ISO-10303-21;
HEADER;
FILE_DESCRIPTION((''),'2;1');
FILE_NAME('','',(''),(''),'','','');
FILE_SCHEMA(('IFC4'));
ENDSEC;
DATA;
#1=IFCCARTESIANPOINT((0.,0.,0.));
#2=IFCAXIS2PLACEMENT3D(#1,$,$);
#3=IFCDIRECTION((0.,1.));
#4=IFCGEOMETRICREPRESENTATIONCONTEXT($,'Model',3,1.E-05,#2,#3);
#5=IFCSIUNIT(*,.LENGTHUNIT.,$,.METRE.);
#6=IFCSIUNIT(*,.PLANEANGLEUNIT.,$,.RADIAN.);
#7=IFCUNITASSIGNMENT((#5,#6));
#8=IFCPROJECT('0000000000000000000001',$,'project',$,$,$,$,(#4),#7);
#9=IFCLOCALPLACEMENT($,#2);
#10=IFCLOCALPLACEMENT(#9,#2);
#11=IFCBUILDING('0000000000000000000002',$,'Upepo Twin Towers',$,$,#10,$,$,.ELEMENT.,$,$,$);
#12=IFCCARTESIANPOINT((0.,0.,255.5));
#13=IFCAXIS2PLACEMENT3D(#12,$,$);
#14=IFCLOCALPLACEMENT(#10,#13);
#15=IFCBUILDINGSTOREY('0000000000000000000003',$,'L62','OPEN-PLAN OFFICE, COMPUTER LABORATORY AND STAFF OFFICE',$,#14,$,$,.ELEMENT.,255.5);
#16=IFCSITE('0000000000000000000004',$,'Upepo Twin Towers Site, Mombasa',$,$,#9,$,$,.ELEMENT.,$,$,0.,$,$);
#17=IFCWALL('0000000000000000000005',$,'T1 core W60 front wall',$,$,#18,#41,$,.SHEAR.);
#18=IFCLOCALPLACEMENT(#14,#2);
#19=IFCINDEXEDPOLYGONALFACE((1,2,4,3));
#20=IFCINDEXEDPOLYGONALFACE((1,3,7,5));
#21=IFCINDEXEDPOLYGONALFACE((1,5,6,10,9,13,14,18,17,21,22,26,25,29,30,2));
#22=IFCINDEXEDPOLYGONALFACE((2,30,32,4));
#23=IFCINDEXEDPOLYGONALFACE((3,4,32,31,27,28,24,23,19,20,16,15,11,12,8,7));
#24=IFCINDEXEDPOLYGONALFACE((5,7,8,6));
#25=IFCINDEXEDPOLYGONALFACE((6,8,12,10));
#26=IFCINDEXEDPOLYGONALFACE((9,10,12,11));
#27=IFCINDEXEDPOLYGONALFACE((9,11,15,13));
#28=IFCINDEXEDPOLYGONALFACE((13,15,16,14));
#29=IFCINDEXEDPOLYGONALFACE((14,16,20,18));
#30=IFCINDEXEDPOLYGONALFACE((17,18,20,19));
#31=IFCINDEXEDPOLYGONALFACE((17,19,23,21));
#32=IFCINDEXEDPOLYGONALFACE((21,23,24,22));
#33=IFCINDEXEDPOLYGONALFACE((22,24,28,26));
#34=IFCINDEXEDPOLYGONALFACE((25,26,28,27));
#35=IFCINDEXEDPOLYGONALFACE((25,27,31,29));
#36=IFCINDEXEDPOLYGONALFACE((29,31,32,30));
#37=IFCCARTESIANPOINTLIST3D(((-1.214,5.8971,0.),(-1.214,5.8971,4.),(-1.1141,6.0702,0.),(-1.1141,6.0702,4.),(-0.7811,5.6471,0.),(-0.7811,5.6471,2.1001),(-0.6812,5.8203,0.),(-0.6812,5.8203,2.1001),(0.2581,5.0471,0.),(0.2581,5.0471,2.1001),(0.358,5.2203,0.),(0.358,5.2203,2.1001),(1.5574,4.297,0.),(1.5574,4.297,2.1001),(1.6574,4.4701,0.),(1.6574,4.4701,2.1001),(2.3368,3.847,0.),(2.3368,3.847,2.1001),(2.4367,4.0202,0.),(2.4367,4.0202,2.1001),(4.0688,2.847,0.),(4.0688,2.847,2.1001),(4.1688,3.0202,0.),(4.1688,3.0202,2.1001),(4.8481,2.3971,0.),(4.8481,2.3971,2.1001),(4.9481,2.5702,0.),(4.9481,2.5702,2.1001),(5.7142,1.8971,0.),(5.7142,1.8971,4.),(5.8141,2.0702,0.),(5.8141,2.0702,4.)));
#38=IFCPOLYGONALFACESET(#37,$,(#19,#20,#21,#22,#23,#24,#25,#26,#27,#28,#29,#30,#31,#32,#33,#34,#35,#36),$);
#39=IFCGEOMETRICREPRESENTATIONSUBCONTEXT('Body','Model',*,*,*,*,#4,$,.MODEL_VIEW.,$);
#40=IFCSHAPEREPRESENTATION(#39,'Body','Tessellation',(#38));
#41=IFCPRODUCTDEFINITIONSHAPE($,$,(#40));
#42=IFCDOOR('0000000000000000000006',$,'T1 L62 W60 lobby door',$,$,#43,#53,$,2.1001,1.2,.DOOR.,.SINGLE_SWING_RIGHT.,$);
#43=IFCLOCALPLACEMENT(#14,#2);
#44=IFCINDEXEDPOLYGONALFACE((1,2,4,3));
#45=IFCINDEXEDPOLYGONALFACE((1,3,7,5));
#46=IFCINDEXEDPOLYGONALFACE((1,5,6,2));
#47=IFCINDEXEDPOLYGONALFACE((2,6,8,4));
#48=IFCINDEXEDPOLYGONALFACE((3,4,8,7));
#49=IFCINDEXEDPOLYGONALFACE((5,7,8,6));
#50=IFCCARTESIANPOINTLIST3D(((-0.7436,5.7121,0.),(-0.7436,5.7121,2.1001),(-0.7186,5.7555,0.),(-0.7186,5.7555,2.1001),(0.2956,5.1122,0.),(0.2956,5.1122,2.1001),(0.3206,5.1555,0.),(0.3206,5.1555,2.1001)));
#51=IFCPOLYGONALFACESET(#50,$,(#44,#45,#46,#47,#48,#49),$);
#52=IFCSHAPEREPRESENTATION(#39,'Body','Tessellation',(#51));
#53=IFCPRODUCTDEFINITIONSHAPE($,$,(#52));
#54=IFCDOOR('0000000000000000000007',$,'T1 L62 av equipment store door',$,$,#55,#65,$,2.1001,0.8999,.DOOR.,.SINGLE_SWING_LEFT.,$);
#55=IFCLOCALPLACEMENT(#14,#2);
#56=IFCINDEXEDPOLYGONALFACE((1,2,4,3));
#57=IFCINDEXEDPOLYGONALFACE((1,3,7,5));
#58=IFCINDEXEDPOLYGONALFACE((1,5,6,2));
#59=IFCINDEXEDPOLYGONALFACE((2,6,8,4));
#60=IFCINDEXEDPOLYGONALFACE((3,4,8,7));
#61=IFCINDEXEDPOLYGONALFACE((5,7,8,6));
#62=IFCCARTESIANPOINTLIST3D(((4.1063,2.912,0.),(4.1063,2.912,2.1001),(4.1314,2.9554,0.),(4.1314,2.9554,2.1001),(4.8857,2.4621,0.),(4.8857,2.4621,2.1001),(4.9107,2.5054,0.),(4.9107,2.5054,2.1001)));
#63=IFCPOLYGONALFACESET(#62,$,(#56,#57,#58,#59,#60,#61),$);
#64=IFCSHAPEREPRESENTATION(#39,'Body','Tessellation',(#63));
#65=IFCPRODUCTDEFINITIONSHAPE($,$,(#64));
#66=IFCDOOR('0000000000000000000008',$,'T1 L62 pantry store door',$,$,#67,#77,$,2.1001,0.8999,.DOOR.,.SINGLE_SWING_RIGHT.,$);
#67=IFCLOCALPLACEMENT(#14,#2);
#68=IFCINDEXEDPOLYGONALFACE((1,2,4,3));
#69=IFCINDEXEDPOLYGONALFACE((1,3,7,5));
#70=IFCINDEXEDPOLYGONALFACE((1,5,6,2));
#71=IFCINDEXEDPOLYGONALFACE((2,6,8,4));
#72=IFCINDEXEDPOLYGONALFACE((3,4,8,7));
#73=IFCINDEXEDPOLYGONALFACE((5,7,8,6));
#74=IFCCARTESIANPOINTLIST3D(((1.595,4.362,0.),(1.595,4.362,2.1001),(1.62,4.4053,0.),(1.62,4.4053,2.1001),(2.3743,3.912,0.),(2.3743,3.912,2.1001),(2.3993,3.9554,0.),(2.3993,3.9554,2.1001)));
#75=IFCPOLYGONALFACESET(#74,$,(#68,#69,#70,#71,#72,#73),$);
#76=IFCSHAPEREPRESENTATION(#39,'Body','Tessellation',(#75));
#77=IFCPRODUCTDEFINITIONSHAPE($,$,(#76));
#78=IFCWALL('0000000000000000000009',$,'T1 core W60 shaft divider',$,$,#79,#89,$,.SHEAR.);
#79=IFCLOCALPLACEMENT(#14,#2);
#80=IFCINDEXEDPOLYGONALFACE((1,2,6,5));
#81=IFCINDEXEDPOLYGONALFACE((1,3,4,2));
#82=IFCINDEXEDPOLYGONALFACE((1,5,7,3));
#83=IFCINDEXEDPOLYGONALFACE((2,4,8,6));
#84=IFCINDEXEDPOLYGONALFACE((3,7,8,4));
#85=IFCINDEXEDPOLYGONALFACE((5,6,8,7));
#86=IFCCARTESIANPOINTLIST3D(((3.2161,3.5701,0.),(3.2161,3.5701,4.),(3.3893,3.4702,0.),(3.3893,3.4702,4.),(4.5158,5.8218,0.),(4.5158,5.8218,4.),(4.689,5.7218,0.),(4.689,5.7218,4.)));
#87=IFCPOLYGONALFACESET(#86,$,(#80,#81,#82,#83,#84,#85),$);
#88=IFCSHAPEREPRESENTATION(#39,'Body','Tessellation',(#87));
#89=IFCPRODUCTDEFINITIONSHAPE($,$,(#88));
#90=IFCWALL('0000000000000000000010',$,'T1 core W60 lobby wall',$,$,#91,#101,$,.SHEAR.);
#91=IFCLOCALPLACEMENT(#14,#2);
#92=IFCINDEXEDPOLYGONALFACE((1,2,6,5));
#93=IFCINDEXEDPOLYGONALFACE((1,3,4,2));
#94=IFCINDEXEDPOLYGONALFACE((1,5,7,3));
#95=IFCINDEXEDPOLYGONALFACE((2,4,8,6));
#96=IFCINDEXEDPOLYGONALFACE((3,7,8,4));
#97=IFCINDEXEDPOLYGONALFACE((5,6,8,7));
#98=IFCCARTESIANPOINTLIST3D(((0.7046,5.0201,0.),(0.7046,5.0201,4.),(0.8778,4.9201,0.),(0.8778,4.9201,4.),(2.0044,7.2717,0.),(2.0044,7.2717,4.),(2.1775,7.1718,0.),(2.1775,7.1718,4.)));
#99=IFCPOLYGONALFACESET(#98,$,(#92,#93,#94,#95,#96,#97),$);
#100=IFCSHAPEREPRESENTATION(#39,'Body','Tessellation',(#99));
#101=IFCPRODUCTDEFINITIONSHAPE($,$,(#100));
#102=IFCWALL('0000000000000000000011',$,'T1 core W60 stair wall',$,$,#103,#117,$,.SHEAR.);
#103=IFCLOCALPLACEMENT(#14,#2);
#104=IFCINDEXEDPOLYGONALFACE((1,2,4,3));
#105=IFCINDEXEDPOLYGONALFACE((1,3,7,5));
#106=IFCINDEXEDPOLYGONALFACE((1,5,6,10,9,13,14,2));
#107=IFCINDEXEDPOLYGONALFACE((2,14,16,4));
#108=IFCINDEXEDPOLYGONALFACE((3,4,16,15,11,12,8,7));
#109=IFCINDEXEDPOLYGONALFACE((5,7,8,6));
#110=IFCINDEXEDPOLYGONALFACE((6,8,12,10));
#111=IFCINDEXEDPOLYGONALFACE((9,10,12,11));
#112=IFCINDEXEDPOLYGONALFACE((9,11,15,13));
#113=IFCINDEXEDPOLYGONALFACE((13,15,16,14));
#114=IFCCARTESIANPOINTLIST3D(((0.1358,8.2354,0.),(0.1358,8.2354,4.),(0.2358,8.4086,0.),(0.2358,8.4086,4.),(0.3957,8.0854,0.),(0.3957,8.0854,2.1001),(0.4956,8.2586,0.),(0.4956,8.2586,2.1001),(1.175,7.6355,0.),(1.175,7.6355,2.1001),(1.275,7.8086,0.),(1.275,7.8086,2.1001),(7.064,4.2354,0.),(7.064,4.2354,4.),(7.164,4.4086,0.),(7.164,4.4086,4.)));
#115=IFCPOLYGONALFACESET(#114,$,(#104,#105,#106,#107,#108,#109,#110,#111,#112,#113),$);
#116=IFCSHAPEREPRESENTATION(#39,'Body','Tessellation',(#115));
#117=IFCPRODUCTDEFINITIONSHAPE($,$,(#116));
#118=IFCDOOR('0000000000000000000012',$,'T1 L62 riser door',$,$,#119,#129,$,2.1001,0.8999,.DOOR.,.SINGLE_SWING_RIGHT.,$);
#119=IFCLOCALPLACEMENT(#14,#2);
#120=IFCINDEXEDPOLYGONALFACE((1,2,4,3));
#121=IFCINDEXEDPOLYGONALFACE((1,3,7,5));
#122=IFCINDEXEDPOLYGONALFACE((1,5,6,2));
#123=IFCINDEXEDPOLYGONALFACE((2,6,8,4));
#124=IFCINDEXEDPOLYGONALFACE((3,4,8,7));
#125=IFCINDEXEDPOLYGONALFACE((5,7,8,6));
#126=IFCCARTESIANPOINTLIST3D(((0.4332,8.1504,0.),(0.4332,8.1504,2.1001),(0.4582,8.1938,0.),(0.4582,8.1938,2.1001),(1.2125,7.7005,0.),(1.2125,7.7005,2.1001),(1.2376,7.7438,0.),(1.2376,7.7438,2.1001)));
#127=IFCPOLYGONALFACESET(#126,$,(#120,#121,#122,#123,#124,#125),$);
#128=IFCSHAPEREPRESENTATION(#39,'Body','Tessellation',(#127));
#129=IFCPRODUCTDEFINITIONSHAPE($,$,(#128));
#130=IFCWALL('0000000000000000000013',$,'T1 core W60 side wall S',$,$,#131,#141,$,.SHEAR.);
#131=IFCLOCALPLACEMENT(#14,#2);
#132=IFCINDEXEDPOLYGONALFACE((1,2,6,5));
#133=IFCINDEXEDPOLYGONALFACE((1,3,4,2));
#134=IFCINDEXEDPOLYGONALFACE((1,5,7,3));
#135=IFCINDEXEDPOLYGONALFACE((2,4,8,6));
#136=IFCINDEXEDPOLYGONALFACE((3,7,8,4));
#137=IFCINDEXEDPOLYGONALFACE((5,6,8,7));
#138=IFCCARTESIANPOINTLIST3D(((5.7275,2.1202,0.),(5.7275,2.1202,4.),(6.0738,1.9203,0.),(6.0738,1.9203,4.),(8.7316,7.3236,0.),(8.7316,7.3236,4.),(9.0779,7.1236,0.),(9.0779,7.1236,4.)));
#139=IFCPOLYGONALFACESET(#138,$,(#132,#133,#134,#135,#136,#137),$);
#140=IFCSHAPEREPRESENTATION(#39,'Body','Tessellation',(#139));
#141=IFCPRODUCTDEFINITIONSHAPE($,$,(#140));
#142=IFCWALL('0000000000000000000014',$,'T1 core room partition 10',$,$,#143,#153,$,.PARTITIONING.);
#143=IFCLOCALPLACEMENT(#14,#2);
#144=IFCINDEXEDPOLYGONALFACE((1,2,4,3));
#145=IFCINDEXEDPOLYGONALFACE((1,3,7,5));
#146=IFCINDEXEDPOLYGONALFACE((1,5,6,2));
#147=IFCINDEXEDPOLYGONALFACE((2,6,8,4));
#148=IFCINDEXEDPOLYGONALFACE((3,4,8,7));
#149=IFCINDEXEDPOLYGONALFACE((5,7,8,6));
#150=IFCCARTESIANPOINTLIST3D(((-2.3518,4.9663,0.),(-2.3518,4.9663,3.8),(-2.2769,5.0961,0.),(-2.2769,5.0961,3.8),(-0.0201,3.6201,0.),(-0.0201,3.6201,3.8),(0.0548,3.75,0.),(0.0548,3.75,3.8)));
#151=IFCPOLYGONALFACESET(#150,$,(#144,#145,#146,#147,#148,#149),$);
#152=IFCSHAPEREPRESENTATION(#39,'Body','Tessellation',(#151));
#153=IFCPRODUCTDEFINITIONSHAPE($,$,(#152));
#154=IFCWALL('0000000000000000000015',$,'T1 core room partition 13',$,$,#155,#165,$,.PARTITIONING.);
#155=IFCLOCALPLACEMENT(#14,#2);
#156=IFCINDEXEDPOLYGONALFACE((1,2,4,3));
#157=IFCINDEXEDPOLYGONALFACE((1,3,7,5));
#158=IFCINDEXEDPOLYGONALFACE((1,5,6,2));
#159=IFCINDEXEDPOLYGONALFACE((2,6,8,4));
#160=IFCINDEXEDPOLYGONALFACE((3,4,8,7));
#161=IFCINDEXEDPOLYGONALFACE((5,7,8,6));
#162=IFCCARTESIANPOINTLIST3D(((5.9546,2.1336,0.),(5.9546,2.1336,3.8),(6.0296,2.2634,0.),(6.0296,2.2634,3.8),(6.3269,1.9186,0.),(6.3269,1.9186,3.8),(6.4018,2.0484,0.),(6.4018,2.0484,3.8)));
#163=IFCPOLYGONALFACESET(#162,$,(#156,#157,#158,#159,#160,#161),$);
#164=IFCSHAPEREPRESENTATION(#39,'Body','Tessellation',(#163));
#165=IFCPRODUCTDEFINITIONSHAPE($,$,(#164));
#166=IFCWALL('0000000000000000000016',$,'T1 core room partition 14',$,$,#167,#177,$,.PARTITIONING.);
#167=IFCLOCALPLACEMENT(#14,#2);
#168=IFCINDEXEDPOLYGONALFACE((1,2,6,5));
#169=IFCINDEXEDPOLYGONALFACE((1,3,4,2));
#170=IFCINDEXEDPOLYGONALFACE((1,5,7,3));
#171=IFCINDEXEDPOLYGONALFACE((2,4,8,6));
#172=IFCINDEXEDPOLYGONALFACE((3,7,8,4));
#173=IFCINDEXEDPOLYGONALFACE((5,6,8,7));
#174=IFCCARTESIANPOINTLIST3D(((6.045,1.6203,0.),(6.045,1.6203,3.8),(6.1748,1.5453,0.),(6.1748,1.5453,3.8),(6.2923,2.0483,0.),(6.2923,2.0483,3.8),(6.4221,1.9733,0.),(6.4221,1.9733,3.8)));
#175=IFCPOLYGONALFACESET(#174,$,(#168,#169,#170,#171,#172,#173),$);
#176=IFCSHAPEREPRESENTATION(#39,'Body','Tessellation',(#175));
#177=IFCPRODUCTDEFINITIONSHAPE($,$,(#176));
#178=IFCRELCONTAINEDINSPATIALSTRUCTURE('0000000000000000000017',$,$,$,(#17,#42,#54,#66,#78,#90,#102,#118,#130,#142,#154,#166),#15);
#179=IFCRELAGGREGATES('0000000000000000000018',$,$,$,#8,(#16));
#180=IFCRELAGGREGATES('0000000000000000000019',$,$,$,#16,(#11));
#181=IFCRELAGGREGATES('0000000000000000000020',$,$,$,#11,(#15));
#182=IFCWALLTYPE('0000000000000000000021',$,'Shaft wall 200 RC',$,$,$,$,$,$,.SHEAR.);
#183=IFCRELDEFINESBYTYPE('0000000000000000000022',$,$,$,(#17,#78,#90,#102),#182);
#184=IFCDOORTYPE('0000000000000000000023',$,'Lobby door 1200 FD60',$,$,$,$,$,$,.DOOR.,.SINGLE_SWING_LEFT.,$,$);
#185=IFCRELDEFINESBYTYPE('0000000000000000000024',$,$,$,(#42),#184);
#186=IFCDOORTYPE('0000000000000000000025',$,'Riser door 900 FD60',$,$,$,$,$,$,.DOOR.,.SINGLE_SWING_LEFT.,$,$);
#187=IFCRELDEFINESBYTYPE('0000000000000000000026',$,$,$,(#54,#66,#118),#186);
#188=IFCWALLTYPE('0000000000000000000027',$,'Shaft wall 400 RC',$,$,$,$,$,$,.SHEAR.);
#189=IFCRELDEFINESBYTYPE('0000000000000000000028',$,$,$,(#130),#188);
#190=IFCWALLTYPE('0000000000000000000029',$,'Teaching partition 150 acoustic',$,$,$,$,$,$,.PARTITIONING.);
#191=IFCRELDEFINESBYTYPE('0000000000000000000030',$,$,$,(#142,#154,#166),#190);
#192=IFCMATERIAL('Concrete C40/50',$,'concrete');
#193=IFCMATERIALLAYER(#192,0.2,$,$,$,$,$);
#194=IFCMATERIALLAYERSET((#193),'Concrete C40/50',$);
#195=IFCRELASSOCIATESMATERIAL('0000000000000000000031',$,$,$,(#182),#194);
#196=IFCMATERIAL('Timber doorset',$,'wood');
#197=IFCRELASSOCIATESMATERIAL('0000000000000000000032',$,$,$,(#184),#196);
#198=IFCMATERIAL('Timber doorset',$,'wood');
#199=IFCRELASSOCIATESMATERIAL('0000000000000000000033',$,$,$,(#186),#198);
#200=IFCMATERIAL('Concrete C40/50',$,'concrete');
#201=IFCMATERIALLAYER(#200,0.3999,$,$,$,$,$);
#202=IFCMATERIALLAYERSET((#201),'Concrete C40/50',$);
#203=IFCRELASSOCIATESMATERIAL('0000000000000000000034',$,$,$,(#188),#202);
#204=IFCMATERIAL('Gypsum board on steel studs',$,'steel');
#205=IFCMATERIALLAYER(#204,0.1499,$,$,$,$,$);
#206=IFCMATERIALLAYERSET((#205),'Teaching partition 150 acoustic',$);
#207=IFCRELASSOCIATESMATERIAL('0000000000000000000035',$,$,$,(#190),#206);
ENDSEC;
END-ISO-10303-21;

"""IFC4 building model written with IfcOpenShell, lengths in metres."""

from ifc_helpers import new_model, si_unit, direction, frame, frame_2d, origin, place, context, subcontext, project, spatial, rectangle, extrude, material, layer, layer_set, type_object, element, fill, save


model = new_model("IFC4")

# Units and contexts
model_context = context("Model", 3, precision=1e-05, world=origin(), true_north=direction((0.0, 1.0)))
body_context = subcontext(model_context, "Body", "Model", "MODEL_VIEW")
ifc_project = project(units=[si_unit("LENGTHUNIT", "METRE"), si_unit("PLANEANGLEUNIT", "RADIAN")], contexts=[model_context])

# Site, building, storey
site_placement = place(None, origin())
site = spatial("IfcSite", under=ifc_project, at=site_placement, Name="Upepo Twin Towers Site, Mombasa", CompositionType="ELEMENT", RefElevation=0.0)
building_placement = place(site_placement, origin())
building = spatial("IfcBuilding", under=site, at=building_placement, Name="Upepo Twin Towers", CompositionType="ELEMENT")
storey_placement = place(building_placement, frame((0.0, 0.0, 255.5)))
storey = spatial("IfcBuildingStorey", under=building, at=storey_placement, Name="L62", Description="OPEN-PLAN OFFICE, COMPUTER LABORATORY AND STAFF OFFICE", CompositionType="ELEMENT", Elevation=255.5)

# Wall, openings, doors
ifc_material_1 = material(Name="Concrete C40/50", Category="concrete")
ifc_layer_1 = layer(ifc_material_1, 0.2)
ifc_layer_set_1 = layer_set([ifc_layer_1], Name="Concrete C40/50")
wall_type_1 = type_object("IfcWallType", Name="Shaft wall 200 RC", PredefinedType="SHEAR", material=ifc_layer_set_1)
wall_1_placement = place(storey_placement, frame((5.7642, 1.9836, 0.0), z_axis=(0.0, 0.0, 1.0), x_axis=(-0.866026, 0.499999, 0.0)))
wall_1 = element("IfcWall", 1, at=wall_1_placement, inside=storey, type_object=wall_type_1, Name="T1 core W60 front wall", PredefinedType="SHEAR", context=body_context, shape_type="SweptSolid", body=[
    extrude(rectangle(XDim=8.0, YDim=0.2, at=frame_2d((4.0, 0.0))), origin(), (0.0, 0.0, 1.0), 4.0),
])
opening_1_placement = place(wall_1_placement, frame((6.3, 0.0, 0.0)))
opening_1 = element("IfcOpeningElement", 2, at=opening_1_placement, cuts=wall_1, PredefinedType="OPENING", context=body_context, shape_type="SweptSolid", body=[
    extrude(rectangle(XDim=1.2, YDim=2.1001, at=frame_2d((0.6001, 1.05))), frame((0.0, 0.1099, 0.0), z_axis=(0.0, -1.0, 0.0), x_axis=(1.0, 0.0, 0.0)), (0.0, 0.0, 1.0), 0.22),
])
opening_2_placement = place(wall_1_placement, frame((1.0, 0.0, 0.0)))
opening_2 = element("IfcOpeningElement", 3, at=opening_2_placement, cuts=wall_1, PredefinedType="OPENING", context=body_context, shape_type="SweptSolid", body=[
    extrude(rectangle(XDim=0.8999, YDim=2.1001, at=frame_2d((0.45, 1.05))), frame((0.0, 0.1099, 0.0), z_axis=(0.0, -1.0, 0.0), x_axis=(1.0, 0.0, 0.0)), (0.0, 0.0, 1.0), 0.22),
])
opening_3_placement = place(wall_1_placement, frame((3.8999, 0.0, 0.0)))
opening_3 = element("IfcOpeningElement", 4, at=opening_3_placement, cuts=wall_1, PredefinedType="OPENING", context=body_context, shape_type="SweptSolid", body=[
    extrude(rectangle(XDim=0.8999, YDim=2.1001, at=frame_2d((0.45, 1.05))), frame((0.0, 0.1099, 0.0), z_axis=(0.0, -1.0, 0.0), x_axis=(1.0, 0.0, 0.0)), (0.0, 0.0, 1.0), 0.22),
])
ifc_material_2 = material(Name="Timber doorset", Category="wood")
door_type_1 = type_object("IfcDoorType", Name="Lobby door 1200 FD60", OperationType="SINGLE_SWING_LEFT", PredefinedType="DOOR", material=ifc_material_2)
door_1_placement = place(opening_1_placement, origin())
door_1 = element("IfcDoor", 5, at=door_1_placement, inside=storey, type_object=door_type_1, Name="T1 L62 W60 lobby door", OperationType="SINGLE_SWING_RIGHT", OverallHeight=2.1001, OverallWidth=1.2, PredefinedType="DOOR", context=body_context, shape_type="SweptSolid", body=[
    extrude(rectangle(XDim=1.2, YDim=2.1001, at=frame_2d((0.6001, 1.05))), frame((0.0, 0.0249, 0.0), z_axis=(0.0, -1.0, 0.0), x_axis=(1.0, 0.0, 0.0)), (0.0, 0.0, 1.0), 0.05),
])
fill(opening_1, door_1)
ifc_material_3 = material(Name="Timber doorset", Category="wood")
door_type_2 = type_object("IfcDoorType", Name="Riser door 900 FD60", OperationType="SINGLE_SWING_LEFT", PredefinedType="DOOR", material=ifc_material_3)
door_2_placement = place(opening_2_placement, origin())
door_2 = element("IfcDoor", 6, at=door_2_placement, inside=storey, type_object=door_type_2, Name="T1 L62 av equipment store door", OperationType="SINGLE_SWING_LEFT", OverallHeight=2.1001, OverallWidth=0.8999, PredefinedType="DOOR", context=body_context, shape_type="SweptSolid", body=[
    extrude(rectangle(XDim=0.8999, YDim=2.1001, at=frame_2d((0.45, 1.05))), frame((0.0, 0.0249, 0.0), z_axis=(0.0, -1.0, 0.0), x_axis=(1.0, 0.0, 0.0)), (0.0, 0.0, 1.0), 0.05),
])
fill(opening_2, door_2)
door_3_placement = place(opening_3_placement, origin())
door_3 = element("IfcDoor", 7, at=door_3_placement, inside=storey, type_object=door_type_2, Name="T1 L62 pantry store door", OperationType="SINGLE_SWING_RIGHT", OverallHeight=2.1001, OverallWidth=0.8999, PredefinedType="DOOR", context=body_context, shape_type="SweptSolid", body=[
    extrude(rectangle(XDim=0.8999, YDim=2.1001, at=frame_2d((0.45, 1.05))), frame((0.0, 0.0249, 0.0), z_axis=(0.0, -1.0, 0.0), x_axis=(1.0, 0.0, 0.0)), (0.0, 0.0, 1.0), 0.05),
])
fill(opening_3, door_3)

# Walls
for number, where, z_axis, x_axis, name in (
    (8, (3.3027, 3.5203, 0.0), (0.0, 0.0, 1.0), (0.499937, 0.866062, 0.0), "T1 core W60 shaft divider"),
    (9, (0.7913, 4.9702, 0.0), (0.0, 0.0, 1.0), (0.499937, 0.866062, 0.0), "T1 core W60 lobby wall"),
):
    element("IfcWall", number, at=place(storey_placement, frame(where, z_axis=z_axis, x_axis=x_axis)), inside=storey, type_object=wall_type_1, Name=name, PredefinedType="SHEAR", context=body_context, shape_type="SweptSolid", body=[
        extrude(rectangle(XDim=2.5999, YDim=0.2, at=frame_2d((1.2998, 0.0))), origin(), (0.0, 0.0, 1.0), 4.0),
    ])

# Wall, opening, door
wall_2_placement = place(storey_placement, frame((7.114, 4.322, 0.0), z_axis=(0.0, 0.0, 1.0), x_axis=(-0.866026, 0.499999, 0.0)))
wall_2 = element("IfcWall", 10, at=wall_2_placement, inside=storey, type_object=wall_type_1, Name="T1 core W60 stair wall", PredefinedType="SHEAR", context=body_context, shape_type="SweptSolid", body=[
    extrude(rectangle(XDim=8.0, YDim=0.2, at=frame_2d((4.0, 0.0))), origin(), (0.0, 0.0, 1.0), 4.0),
])
opening_4_placement = place(wall_2_placement, frame((6.8, 0.0, 0.0)))
opening_4 = element("IfcOpeningElement", 11, at=opening_4_placement, cuts=wall_2, PredefinedType="OPENING", context=body_context, shape_type="SweptSolid", body=[
    extrude(rectangle(XDim=0.8999, YDim=2.1001, at=frame_2d((0.45, 1.05))), frame((0.0, 0.1099, 0.0), z_axis=(0.0, -1.0, 0.0), x_axis=(1.0, 0.0, 0.0)), (0.0, 0.0, 1.0), 0.22),
])
door_4_placement = place(opening_4_placement, origin())
door_4 = element("IfcDoor", 12, at=door_4_placement, inside=storey, type_object=door_type_2, Name="T1 L62 riser door", OperationType="SINGLE_SWING_RIGHT", OverallHeight=2.1001, OverallWidth=0.8999, PredefinedType="DOOR", context=body_context, shape_type="SweptSolid", body=[
    extrude(rectangle(XDim=0.8999, YDim=2.1001, at=frame_2d((0.45, 1.05))), frame((0.0, 0.0249, 0.0), z_axis=(0.0, -1.0, 0.0), x_axis=(1.0, 0.0, 0.0)), (0.0, 0.0, 1.0), 0.05),
])
fill(opening_4, door_4)

# Walls
ifc_material_4 = material(Name="Concrete C40/50", Category="concrete")
ifc_layer_2 = layer(ifc_material_4, 0.3999)
ifc_layer_set_2 = layer_set([ifc_layer_2], Name="Concrete C40/50")
wall_type_2 = type_object("IfcWallType", Name="Shaft wall 400 RC", PredefinedType="SHEAR", material=ifc_layer_set_2)
wall_3_placement = place(storey_placement, frame((5.9006, 2.0203, 0.0), z_axis=(0.0, 0.0, 1.0), x_axis=(0.499998, 0.866027, 0.0)))
element("IfcWall", 13, at=wall_3_placement, inside=storey, type_object=wall_type_2, Name="T1 core W60 side wall S", PredefinedType="SHEAR", context=body_context, shape_type="SweptSolid", body=[
    extrude(rectangle(XDim=6.0083, YDim=0.3999, at=frame_2d((3.0042, 0.0))), origin(), (0.0, 0.0, 1.0), 4.0),
])
ifc_material_5 = material(Name="Gypsum board on steel studs", Category="steel")
ifc_layer_3 = layer(ifc_material_5, 0.1499)
ifc_layer_set_3 = layer_set([ifc_layer_3], Name="Teaching partition 150 acoustic")
wall_type_3 = type_object("IfcWallType", Name="Teaching partition 150 acoustic", PredefinedType="PARTITIONING", material=ifc_layer_set_3)
wall_4_placement = place(storey_placement, frame((0.0173, 3.6851, 0.0), z_axis=(0.0, 0.0, 1.0), x_axis=(-0.866036, 0.499981, 0.0)))
element("IfcWall", 14, at=wall_4_placement, inside=storey, type_object=wall_type_3, Name="T1 core room partition 10", PredefinedType="PARTITIONING", context=body_context, shape_type="SweptSolid", body=[
    extrude(rectangle(XDim=2.6924, YDim=0.1499, at=frame_2d((1.3462, 0.0))), origin(), (0.0, 0.0, 1.0), 3.8),
])
wall_5_placement = place(storey_placement, frame((5.9922, 2.1985, 0.0), z_axis=(0.0, 0.0, 1.0), x_axis=(0.865892, -0.50023, 0.0)))
element("IfcWall", 15, at=wall_5_placement, inside=storey, type_object=wall_type_3, Name="T1 core room partition 13", PredefinedType="PARTITIONING", context=body_context, shape_type="SweptSolid", body=[
    extrude(rectangle(XDim=0.4299, YDim=0.1499, at=frame_2d((0.2148, 0.0))), origin(), (0.0, 0.0, 1.0), 3.8),
])
wall_6_placement = place(storey_placement, frame((6.3572, 2.0107, 0.0), z_axis=(0.0, 0.0, 1.0), x_axis=(-0.500335, -0.865832, 0.0)))
element("IfcWall", 16, at=wall_6_placement, inside=storey, type_object=wall_type_3, Name="T1 core room partition 14", PredefinedType="PARTITIONING", context=body_context, shape_type="SweptSolid", body=[
    extrude(rectangle(XDim=0.4944, YDim=0.1499, at=frame_2d((0.2471, 0.0))), origin(), (0.0, 0.0, 1.0), 3.8),
])

save(model, "model.ifc")
